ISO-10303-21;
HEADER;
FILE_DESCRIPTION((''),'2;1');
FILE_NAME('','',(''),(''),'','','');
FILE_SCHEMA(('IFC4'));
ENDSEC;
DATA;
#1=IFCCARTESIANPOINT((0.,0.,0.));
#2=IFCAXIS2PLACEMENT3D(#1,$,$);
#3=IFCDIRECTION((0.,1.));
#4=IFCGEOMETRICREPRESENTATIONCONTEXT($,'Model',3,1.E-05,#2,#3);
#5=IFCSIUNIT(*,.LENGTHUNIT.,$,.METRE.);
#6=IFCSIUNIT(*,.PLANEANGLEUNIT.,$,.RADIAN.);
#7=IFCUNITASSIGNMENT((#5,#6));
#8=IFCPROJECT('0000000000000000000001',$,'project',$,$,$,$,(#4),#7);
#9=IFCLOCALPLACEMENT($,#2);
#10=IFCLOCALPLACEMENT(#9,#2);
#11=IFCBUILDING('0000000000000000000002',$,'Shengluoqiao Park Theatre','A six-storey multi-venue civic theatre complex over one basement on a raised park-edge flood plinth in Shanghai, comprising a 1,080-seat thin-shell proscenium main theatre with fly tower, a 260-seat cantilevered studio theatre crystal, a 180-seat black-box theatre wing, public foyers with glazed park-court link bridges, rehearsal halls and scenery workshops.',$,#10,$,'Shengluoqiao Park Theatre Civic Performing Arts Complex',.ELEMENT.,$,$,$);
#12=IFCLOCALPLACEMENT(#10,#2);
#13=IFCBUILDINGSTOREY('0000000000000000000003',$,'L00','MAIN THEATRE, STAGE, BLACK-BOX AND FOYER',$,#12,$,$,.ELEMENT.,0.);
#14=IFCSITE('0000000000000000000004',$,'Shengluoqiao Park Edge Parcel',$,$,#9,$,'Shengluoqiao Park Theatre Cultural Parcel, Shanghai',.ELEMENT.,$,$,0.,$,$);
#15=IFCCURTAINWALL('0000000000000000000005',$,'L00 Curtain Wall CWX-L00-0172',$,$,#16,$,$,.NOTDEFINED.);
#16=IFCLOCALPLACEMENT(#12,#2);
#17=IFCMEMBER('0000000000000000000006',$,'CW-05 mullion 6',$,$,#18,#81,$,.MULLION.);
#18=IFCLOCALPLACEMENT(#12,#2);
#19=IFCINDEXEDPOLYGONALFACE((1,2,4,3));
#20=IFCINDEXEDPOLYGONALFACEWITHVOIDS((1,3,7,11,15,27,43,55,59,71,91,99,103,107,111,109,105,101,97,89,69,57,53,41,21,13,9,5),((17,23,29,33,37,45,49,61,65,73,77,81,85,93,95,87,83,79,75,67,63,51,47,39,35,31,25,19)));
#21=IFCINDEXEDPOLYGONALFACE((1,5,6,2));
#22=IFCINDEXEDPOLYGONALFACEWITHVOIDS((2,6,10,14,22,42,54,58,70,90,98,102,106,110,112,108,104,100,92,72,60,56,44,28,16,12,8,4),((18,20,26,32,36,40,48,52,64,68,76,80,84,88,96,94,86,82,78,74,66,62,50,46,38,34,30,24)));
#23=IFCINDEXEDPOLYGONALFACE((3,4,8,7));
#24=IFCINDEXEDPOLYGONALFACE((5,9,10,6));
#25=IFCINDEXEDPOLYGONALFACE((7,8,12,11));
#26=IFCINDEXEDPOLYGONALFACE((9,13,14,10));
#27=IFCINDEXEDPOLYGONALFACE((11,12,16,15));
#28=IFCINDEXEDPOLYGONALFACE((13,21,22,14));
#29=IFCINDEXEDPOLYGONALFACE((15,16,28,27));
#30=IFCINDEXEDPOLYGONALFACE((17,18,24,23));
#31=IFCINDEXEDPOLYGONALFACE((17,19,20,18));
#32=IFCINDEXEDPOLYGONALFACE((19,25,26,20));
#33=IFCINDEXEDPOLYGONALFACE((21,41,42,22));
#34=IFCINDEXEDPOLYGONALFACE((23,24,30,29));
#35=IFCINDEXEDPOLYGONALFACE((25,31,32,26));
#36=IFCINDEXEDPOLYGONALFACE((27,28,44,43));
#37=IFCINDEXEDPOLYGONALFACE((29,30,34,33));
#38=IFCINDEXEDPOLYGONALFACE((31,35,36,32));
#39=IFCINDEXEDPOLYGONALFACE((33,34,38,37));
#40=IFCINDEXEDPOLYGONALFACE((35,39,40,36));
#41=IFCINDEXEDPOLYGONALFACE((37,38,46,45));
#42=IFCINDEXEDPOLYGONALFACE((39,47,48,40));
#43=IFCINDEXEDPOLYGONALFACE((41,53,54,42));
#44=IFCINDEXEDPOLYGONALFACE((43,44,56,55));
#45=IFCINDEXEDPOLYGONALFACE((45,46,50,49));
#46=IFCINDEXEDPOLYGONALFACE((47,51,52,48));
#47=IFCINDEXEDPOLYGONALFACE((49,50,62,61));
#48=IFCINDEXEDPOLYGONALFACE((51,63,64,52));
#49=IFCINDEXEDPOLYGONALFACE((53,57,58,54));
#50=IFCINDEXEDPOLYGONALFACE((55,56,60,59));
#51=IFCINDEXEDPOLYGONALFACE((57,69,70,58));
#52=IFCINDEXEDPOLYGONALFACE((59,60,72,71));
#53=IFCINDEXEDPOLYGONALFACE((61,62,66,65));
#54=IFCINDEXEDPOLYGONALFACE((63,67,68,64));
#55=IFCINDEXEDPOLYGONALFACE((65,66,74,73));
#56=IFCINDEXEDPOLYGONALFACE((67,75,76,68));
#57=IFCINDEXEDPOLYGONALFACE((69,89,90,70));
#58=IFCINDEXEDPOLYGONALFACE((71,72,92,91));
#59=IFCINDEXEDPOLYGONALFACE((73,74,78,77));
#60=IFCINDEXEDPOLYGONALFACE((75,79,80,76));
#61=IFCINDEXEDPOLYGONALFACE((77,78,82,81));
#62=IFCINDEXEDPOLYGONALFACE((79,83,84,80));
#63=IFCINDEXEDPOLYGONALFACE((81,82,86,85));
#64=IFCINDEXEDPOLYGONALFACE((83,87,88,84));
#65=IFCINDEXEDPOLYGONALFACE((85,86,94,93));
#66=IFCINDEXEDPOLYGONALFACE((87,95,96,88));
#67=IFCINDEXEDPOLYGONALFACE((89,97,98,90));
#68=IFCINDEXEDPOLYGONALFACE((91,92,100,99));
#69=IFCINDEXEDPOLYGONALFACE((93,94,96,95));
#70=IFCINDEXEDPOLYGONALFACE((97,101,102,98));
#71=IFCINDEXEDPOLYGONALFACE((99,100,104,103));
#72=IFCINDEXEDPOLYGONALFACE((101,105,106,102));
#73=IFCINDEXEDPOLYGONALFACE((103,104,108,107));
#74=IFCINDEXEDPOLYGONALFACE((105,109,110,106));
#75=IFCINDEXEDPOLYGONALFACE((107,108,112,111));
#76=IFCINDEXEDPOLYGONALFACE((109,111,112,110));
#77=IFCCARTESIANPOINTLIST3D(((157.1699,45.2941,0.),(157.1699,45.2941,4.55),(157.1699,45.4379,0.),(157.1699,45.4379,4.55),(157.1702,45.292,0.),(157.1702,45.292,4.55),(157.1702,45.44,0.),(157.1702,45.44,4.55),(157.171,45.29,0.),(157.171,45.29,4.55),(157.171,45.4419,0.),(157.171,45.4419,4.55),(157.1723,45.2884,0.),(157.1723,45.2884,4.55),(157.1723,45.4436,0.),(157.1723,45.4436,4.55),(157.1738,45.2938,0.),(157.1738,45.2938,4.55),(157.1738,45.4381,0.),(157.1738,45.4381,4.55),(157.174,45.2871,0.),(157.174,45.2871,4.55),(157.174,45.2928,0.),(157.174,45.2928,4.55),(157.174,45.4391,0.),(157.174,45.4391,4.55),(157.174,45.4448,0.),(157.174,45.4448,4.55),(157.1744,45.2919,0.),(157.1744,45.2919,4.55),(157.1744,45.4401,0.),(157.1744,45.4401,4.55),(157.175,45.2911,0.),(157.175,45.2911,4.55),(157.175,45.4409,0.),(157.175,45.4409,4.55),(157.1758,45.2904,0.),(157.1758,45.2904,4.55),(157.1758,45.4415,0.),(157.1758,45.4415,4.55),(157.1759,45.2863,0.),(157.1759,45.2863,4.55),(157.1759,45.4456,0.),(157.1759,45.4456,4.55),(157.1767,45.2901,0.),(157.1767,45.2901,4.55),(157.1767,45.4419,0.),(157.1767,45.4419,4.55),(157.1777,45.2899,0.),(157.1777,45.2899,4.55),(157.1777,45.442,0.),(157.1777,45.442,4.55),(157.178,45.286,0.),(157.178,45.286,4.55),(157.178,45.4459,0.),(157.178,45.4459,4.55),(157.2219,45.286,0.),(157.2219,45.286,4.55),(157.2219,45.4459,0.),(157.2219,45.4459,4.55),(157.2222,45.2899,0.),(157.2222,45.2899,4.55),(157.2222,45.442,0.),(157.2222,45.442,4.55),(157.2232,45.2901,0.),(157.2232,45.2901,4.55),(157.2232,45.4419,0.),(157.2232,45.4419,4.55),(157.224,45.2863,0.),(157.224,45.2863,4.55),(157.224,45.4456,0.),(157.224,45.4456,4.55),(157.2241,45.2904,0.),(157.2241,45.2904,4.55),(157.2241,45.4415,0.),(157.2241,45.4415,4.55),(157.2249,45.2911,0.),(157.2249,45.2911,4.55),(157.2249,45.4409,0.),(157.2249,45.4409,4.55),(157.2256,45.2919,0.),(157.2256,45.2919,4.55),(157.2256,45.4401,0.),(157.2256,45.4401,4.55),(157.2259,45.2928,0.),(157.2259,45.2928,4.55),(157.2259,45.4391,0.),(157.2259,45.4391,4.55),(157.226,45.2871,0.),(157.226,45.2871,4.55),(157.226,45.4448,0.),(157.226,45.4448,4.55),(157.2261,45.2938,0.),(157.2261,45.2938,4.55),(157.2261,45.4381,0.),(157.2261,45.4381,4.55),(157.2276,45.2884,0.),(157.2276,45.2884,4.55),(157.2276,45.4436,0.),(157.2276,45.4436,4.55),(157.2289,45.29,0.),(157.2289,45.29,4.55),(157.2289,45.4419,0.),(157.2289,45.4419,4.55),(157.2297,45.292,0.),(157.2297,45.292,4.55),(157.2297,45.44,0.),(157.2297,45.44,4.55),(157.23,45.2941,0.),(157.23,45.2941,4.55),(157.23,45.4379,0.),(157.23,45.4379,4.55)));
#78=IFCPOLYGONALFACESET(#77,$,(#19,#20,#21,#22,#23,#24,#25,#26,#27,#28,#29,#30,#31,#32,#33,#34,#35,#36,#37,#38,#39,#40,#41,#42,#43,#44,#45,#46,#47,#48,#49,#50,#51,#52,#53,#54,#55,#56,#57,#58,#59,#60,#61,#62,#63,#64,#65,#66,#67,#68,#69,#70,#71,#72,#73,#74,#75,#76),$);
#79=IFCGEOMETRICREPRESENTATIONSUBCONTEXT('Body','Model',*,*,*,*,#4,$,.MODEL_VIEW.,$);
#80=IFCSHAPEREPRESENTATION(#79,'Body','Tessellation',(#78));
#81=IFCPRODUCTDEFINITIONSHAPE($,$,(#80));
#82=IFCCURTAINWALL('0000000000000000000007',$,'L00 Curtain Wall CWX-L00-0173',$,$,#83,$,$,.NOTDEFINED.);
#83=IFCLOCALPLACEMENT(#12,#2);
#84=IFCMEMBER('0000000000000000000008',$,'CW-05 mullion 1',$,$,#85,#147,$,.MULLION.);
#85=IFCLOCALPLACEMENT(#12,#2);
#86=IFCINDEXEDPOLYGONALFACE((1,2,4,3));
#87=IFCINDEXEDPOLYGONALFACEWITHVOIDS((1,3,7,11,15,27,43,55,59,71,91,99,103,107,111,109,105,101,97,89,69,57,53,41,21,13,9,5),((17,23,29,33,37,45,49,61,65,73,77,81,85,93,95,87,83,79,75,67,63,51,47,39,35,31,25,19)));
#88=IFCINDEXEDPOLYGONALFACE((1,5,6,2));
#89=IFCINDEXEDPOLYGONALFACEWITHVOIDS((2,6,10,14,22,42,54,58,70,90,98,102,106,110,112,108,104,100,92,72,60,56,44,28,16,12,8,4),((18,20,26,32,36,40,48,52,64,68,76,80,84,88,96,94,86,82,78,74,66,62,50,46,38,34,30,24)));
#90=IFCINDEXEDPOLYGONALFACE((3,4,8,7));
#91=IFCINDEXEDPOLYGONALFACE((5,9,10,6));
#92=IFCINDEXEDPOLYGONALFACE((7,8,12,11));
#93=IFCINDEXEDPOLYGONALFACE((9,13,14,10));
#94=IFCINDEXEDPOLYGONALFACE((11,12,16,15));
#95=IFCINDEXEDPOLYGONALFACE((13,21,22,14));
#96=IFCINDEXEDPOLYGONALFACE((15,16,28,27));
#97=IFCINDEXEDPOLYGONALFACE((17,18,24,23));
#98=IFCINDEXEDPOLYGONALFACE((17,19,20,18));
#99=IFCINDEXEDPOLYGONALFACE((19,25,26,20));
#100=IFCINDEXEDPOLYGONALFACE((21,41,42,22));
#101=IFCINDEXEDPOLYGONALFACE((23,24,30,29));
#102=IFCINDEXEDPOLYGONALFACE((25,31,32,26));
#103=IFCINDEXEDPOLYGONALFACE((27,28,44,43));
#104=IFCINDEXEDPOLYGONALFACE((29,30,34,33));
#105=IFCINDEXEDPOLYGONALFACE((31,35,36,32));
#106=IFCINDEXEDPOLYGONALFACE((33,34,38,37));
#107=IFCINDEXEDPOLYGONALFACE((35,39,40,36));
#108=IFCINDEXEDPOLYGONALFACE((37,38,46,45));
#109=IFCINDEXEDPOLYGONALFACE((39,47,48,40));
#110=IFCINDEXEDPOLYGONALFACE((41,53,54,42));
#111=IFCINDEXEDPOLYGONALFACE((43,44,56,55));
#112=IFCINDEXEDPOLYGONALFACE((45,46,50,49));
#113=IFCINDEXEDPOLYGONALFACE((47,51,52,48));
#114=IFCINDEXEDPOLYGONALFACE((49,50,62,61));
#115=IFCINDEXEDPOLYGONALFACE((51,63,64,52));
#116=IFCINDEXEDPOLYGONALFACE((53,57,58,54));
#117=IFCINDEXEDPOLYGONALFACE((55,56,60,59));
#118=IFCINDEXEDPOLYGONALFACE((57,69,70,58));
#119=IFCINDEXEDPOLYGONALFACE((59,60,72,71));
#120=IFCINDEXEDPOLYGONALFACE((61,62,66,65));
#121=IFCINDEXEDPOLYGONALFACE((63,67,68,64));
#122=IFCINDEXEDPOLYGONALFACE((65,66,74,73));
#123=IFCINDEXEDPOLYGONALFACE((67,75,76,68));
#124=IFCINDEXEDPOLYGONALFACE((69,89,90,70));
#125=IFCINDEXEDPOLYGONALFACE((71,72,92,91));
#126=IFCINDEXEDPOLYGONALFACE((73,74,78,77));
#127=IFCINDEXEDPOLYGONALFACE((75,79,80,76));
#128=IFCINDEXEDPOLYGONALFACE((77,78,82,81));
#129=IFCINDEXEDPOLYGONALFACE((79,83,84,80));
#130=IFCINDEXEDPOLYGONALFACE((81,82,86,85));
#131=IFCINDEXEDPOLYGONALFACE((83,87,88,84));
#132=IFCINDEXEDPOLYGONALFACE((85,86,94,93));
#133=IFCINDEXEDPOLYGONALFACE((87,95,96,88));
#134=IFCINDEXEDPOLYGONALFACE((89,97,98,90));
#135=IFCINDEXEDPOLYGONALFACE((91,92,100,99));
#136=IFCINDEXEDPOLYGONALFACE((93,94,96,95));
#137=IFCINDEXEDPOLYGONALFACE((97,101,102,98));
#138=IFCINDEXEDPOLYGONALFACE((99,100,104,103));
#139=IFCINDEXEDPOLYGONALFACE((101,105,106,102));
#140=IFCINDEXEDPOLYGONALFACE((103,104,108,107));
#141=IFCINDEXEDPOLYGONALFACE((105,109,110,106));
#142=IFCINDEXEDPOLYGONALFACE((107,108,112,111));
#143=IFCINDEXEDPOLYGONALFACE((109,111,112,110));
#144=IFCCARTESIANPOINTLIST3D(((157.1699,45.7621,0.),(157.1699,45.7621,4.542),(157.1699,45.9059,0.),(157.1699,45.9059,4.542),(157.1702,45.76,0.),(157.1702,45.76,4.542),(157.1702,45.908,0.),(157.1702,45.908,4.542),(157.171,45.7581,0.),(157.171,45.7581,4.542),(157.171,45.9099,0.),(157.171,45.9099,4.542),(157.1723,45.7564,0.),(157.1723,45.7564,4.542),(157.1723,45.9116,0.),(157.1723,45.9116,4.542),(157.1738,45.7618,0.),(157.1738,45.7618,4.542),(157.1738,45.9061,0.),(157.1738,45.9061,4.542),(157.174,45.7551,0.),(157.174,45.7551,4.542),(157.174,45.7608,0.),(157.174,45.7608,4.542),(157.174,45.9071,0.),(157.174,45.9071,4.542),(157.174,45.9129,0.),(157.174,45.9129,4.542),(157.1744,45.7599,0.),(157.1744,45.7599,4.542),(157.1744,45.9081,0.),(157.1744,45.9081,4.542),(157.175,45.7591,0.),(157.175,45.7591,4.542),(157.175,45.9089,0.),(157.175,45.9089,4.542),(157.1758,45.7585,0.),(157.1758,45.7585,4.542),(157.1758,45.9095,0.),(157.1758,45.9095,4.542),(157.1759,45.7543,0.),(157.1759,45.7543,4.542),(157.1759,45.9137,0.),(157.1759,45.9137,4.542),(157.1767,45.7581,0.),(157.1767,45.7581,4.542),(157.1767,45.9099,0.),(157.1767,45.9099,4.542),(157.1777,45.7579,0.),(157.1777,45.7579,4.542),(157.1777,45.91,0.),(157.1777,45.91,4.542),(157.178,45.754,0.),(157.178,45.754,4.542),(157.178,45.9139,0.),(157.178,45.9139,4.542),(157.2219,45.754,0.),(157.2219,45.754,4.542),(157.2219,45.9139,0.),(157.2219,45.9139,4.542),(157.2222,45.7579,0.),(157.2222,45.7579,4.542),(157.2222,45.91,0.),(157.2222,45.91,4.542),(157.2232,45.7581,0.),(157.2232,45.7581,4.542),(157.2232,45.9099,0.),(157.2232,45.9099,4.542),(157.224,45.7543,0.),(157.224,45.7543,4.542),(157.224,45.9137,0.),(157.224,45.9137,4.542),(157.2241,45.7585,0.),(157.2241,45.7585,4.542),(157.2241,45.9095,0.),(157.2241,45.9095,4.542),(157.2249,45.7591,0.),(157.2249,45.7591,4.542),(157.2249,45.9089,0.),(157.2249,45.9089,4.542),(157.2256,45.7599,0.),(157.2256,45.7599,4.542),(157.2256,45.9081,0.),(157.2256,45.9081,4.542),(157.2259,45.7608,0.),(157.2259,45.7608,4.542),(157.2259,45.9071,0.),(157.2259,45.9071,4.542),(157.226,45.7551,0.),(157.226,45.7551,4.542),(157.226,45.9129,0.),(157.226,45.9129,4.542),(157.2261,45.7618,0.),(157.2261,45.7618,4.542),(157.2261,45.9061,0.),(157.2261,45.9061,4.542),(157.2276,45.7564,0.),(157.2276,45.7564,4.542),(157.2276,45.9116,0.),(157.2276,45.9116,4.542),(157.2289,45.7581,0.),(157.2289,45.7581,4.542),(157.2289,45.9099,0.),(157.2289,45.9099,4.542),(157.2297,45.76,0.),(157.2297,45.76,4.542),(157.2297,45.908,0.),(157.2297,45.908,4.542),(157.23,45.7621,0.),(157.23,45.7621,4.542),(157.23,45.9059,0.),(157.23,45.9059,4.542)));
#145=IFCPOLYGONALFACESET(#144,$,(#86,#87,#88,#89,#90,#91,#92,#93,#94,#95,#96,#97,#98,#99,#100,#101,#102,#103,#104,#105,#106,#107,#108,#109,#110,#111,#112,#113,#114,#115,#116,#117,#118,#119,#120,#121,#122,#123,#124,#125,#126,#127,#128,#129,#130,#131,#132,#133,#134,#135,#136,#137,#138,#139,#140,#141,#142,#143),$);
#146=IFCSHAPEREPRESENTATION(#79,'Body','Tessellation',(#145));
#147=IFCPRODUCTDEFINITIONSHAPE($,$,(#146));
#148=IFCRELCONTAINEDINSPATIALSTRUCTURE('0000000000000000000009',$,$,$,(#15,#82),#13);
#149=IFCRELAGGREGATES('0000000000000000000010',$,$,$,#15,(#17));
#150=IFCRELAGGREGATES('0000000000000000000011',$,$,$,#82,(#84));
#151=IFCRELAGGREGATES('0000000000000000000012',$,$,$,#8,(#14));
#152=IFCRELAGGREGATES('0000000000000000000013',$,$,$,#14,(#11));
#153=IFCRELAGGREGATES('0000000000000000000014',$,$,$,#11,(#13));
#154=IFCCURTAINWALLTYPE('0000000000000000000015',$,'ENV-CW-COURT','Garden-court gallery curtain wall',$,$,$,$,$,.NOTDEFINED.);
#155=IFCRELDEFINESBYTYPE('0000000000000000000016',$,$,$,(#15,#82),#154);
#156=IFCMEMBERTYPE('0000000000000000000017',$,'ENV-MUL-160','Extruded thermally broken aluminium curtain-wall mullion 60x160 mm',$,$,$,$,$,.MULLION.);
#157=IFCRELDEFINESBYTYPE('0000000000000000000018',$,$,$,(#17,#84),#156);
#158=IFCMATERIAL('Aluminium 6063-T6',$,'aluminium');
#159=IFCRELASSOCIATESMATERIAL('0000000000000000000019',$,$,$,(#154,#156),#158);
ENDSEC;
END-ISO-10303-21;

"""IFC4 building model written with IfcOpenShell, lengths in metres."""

from ifc_helpers import new_model, si_unit, direction, frame, origin, origin_2d, place, context, subcontext, project, spatial, hollow_rectangle, extrude, material, material_profile, profile_set, type_object, element, aggregate, save


model = new_model("IFC4")

# Units and contexts
model_context = context("Model", 3, precision=1e-05, world=origin(), true_north=direction((0.0, 1.0)))
body_context = subcontext(model_context, "Body", "Model", "MODEL_VIEW")
ifc_project = project(units=[si_unit("LENGTHUNIT", "METRE"), si_unit("PLANEANGLEUNIT", "RADIAN")], contexts=[model_context])

# Site, building, storey
site_placement = place(None, origin())
site = spatial("IfcSite", under=ifc_project, at=site_placement, Name="Shengluoqiao Park Edge Parcel", LongName="Shengluoqiao Park Theatre Cultural Parcel, Shanghai", CompositionType="ELEMENT", RefElevation=0.0)
building_placement = place(site_placement, origin())
building = spatial("IfcBuilding", under=site, at=building_placement, Name="Shengluoqiao Park Theatre", Description="A six-storey multi-venue civic theatre complex over one basement on a raised park-edge flood plinth in Shanghai, comprising a 1,080-seat thin-shell proscenium main theatre with fly tower, a 260-seat cantilevered studio theatre crystal, a 180-seat black-box theatre wing, public foyers with glazed park-court link bridges, rehearsal halls and scenery workshops.", LongName="Shengluoqiao Park Theatre Civic Performing Arts Complex", CompositionType="ELEMENT")
storey_placement = place(building_placement, origin())
storey = spatial("IfcBuildingStorey", under=building, at=storey_placement, Name="L00", Description="MAIN THEATRE, STAGE, BLACK-BOX AND FOYER", CompositionType="ELEMENT", Elevation=0.0)

# Curtain walls, members
ifc_material_1 = material(Name="Aluminium 6063-T6", Category="aluminium")
curtain_wall_type = type_object("IfcCurtainWallType", Name="ENV-CW-COURT", Description="Garden-court gallery curtain wall", PredefinedType="NOTDEFINED", material=ifc_material_1)
curtain_wall_1_placement = place(storey_placement, origin())
curtain_wall_1 = element("IfcCurtainWall", 1, at=curtain_wall_1_placement, inside=storey, type_object=curtain_wall_type, Name="L00 Curtain Wall CWX-L00-0172", PredefinedType="NOTDEFINED")
ifc_material_profile_1 = material_profile(ifc_material_1, hollow_rectangle(XDim=0.0601, YDim=0.1599, WallThickness=0.0039, InnerFilletRadius=0.0039, OuterFilletRadius=0.0081, at=origin_2d()), Name="ALU MULLION 160x60x4")
ifc_profile_set_1 = profile_set([ifc_material_profile_1], Name="Aluminium 6063-T6")
member_type_1 = type_object("IfcMemberType", Name="ENV-MUL-160", Description="Extruded thermally broken aluminium curtain-wall mullion 60x160 mm", PredefinedType="MULLION", material=ifc_profile_set_1)
member_1_placement = place(storey_placement, frame((157.2, 45.366, 0.0), z_axis=(0.0, 0.0, 1.0), x_axis=(-1.0, 0.0, 0.0)))
member_1 = element("IfcMember", 2, at=member_1_placement, type_object=member_type_1, Name="CW-05 mullion 6", PredefinedType="MULLION", context=body_context, shape_type="SweptSolid", body=[
    extrude(hollow_rectangle(XDim=0.0601, YDim=0.1599, WallThickness=0.0039, InnerFilletRadius=0.0039, OuterFilletRadius=0.0081, at=origin_2d()), origin(), (0.0, 0.0, 1.0), 4.55),
])
curtain_wall_2_placement = place(storey_placement, origin())
curtain_wall_2 = element("IfcCurtainWall", 3, at=curtain_wall_2_placement, inside=storey, type_object=curtain_wall_type, Name="L00 Curtain Wall CWX-L00-0173", PredefinedType="NOTDEFINED")
member_2_placement = place(storey_placement, frame((157.2, 45.834, 0.0), z_axis=(0.0, 0.0, 1.0), x_axis=(-1.0, 0.0, 0.0)))
member_2 = element("IfcMember", 4, at=member_2_placement, type_object=member_type_1, Name="CW-05 mullion 1", PredefinedType="MULLION", context=body_context, shape_type="SweptSolid", body=[
    extrude(hollow_rectangle(XDim=0.0601, YDim=0.1599, WallThickness=0.0039, InnerFilletRadius=0.0039, OuterFilletRadius=0.0081, at=origin_2d()), origin(), (0.0, 0.0, 1.0), 4.542),
])

aggregate(curtain_wall_1, [member_1])
aggregate(curtain_wall_2, [member_2])

save(model, "model.ifc")
